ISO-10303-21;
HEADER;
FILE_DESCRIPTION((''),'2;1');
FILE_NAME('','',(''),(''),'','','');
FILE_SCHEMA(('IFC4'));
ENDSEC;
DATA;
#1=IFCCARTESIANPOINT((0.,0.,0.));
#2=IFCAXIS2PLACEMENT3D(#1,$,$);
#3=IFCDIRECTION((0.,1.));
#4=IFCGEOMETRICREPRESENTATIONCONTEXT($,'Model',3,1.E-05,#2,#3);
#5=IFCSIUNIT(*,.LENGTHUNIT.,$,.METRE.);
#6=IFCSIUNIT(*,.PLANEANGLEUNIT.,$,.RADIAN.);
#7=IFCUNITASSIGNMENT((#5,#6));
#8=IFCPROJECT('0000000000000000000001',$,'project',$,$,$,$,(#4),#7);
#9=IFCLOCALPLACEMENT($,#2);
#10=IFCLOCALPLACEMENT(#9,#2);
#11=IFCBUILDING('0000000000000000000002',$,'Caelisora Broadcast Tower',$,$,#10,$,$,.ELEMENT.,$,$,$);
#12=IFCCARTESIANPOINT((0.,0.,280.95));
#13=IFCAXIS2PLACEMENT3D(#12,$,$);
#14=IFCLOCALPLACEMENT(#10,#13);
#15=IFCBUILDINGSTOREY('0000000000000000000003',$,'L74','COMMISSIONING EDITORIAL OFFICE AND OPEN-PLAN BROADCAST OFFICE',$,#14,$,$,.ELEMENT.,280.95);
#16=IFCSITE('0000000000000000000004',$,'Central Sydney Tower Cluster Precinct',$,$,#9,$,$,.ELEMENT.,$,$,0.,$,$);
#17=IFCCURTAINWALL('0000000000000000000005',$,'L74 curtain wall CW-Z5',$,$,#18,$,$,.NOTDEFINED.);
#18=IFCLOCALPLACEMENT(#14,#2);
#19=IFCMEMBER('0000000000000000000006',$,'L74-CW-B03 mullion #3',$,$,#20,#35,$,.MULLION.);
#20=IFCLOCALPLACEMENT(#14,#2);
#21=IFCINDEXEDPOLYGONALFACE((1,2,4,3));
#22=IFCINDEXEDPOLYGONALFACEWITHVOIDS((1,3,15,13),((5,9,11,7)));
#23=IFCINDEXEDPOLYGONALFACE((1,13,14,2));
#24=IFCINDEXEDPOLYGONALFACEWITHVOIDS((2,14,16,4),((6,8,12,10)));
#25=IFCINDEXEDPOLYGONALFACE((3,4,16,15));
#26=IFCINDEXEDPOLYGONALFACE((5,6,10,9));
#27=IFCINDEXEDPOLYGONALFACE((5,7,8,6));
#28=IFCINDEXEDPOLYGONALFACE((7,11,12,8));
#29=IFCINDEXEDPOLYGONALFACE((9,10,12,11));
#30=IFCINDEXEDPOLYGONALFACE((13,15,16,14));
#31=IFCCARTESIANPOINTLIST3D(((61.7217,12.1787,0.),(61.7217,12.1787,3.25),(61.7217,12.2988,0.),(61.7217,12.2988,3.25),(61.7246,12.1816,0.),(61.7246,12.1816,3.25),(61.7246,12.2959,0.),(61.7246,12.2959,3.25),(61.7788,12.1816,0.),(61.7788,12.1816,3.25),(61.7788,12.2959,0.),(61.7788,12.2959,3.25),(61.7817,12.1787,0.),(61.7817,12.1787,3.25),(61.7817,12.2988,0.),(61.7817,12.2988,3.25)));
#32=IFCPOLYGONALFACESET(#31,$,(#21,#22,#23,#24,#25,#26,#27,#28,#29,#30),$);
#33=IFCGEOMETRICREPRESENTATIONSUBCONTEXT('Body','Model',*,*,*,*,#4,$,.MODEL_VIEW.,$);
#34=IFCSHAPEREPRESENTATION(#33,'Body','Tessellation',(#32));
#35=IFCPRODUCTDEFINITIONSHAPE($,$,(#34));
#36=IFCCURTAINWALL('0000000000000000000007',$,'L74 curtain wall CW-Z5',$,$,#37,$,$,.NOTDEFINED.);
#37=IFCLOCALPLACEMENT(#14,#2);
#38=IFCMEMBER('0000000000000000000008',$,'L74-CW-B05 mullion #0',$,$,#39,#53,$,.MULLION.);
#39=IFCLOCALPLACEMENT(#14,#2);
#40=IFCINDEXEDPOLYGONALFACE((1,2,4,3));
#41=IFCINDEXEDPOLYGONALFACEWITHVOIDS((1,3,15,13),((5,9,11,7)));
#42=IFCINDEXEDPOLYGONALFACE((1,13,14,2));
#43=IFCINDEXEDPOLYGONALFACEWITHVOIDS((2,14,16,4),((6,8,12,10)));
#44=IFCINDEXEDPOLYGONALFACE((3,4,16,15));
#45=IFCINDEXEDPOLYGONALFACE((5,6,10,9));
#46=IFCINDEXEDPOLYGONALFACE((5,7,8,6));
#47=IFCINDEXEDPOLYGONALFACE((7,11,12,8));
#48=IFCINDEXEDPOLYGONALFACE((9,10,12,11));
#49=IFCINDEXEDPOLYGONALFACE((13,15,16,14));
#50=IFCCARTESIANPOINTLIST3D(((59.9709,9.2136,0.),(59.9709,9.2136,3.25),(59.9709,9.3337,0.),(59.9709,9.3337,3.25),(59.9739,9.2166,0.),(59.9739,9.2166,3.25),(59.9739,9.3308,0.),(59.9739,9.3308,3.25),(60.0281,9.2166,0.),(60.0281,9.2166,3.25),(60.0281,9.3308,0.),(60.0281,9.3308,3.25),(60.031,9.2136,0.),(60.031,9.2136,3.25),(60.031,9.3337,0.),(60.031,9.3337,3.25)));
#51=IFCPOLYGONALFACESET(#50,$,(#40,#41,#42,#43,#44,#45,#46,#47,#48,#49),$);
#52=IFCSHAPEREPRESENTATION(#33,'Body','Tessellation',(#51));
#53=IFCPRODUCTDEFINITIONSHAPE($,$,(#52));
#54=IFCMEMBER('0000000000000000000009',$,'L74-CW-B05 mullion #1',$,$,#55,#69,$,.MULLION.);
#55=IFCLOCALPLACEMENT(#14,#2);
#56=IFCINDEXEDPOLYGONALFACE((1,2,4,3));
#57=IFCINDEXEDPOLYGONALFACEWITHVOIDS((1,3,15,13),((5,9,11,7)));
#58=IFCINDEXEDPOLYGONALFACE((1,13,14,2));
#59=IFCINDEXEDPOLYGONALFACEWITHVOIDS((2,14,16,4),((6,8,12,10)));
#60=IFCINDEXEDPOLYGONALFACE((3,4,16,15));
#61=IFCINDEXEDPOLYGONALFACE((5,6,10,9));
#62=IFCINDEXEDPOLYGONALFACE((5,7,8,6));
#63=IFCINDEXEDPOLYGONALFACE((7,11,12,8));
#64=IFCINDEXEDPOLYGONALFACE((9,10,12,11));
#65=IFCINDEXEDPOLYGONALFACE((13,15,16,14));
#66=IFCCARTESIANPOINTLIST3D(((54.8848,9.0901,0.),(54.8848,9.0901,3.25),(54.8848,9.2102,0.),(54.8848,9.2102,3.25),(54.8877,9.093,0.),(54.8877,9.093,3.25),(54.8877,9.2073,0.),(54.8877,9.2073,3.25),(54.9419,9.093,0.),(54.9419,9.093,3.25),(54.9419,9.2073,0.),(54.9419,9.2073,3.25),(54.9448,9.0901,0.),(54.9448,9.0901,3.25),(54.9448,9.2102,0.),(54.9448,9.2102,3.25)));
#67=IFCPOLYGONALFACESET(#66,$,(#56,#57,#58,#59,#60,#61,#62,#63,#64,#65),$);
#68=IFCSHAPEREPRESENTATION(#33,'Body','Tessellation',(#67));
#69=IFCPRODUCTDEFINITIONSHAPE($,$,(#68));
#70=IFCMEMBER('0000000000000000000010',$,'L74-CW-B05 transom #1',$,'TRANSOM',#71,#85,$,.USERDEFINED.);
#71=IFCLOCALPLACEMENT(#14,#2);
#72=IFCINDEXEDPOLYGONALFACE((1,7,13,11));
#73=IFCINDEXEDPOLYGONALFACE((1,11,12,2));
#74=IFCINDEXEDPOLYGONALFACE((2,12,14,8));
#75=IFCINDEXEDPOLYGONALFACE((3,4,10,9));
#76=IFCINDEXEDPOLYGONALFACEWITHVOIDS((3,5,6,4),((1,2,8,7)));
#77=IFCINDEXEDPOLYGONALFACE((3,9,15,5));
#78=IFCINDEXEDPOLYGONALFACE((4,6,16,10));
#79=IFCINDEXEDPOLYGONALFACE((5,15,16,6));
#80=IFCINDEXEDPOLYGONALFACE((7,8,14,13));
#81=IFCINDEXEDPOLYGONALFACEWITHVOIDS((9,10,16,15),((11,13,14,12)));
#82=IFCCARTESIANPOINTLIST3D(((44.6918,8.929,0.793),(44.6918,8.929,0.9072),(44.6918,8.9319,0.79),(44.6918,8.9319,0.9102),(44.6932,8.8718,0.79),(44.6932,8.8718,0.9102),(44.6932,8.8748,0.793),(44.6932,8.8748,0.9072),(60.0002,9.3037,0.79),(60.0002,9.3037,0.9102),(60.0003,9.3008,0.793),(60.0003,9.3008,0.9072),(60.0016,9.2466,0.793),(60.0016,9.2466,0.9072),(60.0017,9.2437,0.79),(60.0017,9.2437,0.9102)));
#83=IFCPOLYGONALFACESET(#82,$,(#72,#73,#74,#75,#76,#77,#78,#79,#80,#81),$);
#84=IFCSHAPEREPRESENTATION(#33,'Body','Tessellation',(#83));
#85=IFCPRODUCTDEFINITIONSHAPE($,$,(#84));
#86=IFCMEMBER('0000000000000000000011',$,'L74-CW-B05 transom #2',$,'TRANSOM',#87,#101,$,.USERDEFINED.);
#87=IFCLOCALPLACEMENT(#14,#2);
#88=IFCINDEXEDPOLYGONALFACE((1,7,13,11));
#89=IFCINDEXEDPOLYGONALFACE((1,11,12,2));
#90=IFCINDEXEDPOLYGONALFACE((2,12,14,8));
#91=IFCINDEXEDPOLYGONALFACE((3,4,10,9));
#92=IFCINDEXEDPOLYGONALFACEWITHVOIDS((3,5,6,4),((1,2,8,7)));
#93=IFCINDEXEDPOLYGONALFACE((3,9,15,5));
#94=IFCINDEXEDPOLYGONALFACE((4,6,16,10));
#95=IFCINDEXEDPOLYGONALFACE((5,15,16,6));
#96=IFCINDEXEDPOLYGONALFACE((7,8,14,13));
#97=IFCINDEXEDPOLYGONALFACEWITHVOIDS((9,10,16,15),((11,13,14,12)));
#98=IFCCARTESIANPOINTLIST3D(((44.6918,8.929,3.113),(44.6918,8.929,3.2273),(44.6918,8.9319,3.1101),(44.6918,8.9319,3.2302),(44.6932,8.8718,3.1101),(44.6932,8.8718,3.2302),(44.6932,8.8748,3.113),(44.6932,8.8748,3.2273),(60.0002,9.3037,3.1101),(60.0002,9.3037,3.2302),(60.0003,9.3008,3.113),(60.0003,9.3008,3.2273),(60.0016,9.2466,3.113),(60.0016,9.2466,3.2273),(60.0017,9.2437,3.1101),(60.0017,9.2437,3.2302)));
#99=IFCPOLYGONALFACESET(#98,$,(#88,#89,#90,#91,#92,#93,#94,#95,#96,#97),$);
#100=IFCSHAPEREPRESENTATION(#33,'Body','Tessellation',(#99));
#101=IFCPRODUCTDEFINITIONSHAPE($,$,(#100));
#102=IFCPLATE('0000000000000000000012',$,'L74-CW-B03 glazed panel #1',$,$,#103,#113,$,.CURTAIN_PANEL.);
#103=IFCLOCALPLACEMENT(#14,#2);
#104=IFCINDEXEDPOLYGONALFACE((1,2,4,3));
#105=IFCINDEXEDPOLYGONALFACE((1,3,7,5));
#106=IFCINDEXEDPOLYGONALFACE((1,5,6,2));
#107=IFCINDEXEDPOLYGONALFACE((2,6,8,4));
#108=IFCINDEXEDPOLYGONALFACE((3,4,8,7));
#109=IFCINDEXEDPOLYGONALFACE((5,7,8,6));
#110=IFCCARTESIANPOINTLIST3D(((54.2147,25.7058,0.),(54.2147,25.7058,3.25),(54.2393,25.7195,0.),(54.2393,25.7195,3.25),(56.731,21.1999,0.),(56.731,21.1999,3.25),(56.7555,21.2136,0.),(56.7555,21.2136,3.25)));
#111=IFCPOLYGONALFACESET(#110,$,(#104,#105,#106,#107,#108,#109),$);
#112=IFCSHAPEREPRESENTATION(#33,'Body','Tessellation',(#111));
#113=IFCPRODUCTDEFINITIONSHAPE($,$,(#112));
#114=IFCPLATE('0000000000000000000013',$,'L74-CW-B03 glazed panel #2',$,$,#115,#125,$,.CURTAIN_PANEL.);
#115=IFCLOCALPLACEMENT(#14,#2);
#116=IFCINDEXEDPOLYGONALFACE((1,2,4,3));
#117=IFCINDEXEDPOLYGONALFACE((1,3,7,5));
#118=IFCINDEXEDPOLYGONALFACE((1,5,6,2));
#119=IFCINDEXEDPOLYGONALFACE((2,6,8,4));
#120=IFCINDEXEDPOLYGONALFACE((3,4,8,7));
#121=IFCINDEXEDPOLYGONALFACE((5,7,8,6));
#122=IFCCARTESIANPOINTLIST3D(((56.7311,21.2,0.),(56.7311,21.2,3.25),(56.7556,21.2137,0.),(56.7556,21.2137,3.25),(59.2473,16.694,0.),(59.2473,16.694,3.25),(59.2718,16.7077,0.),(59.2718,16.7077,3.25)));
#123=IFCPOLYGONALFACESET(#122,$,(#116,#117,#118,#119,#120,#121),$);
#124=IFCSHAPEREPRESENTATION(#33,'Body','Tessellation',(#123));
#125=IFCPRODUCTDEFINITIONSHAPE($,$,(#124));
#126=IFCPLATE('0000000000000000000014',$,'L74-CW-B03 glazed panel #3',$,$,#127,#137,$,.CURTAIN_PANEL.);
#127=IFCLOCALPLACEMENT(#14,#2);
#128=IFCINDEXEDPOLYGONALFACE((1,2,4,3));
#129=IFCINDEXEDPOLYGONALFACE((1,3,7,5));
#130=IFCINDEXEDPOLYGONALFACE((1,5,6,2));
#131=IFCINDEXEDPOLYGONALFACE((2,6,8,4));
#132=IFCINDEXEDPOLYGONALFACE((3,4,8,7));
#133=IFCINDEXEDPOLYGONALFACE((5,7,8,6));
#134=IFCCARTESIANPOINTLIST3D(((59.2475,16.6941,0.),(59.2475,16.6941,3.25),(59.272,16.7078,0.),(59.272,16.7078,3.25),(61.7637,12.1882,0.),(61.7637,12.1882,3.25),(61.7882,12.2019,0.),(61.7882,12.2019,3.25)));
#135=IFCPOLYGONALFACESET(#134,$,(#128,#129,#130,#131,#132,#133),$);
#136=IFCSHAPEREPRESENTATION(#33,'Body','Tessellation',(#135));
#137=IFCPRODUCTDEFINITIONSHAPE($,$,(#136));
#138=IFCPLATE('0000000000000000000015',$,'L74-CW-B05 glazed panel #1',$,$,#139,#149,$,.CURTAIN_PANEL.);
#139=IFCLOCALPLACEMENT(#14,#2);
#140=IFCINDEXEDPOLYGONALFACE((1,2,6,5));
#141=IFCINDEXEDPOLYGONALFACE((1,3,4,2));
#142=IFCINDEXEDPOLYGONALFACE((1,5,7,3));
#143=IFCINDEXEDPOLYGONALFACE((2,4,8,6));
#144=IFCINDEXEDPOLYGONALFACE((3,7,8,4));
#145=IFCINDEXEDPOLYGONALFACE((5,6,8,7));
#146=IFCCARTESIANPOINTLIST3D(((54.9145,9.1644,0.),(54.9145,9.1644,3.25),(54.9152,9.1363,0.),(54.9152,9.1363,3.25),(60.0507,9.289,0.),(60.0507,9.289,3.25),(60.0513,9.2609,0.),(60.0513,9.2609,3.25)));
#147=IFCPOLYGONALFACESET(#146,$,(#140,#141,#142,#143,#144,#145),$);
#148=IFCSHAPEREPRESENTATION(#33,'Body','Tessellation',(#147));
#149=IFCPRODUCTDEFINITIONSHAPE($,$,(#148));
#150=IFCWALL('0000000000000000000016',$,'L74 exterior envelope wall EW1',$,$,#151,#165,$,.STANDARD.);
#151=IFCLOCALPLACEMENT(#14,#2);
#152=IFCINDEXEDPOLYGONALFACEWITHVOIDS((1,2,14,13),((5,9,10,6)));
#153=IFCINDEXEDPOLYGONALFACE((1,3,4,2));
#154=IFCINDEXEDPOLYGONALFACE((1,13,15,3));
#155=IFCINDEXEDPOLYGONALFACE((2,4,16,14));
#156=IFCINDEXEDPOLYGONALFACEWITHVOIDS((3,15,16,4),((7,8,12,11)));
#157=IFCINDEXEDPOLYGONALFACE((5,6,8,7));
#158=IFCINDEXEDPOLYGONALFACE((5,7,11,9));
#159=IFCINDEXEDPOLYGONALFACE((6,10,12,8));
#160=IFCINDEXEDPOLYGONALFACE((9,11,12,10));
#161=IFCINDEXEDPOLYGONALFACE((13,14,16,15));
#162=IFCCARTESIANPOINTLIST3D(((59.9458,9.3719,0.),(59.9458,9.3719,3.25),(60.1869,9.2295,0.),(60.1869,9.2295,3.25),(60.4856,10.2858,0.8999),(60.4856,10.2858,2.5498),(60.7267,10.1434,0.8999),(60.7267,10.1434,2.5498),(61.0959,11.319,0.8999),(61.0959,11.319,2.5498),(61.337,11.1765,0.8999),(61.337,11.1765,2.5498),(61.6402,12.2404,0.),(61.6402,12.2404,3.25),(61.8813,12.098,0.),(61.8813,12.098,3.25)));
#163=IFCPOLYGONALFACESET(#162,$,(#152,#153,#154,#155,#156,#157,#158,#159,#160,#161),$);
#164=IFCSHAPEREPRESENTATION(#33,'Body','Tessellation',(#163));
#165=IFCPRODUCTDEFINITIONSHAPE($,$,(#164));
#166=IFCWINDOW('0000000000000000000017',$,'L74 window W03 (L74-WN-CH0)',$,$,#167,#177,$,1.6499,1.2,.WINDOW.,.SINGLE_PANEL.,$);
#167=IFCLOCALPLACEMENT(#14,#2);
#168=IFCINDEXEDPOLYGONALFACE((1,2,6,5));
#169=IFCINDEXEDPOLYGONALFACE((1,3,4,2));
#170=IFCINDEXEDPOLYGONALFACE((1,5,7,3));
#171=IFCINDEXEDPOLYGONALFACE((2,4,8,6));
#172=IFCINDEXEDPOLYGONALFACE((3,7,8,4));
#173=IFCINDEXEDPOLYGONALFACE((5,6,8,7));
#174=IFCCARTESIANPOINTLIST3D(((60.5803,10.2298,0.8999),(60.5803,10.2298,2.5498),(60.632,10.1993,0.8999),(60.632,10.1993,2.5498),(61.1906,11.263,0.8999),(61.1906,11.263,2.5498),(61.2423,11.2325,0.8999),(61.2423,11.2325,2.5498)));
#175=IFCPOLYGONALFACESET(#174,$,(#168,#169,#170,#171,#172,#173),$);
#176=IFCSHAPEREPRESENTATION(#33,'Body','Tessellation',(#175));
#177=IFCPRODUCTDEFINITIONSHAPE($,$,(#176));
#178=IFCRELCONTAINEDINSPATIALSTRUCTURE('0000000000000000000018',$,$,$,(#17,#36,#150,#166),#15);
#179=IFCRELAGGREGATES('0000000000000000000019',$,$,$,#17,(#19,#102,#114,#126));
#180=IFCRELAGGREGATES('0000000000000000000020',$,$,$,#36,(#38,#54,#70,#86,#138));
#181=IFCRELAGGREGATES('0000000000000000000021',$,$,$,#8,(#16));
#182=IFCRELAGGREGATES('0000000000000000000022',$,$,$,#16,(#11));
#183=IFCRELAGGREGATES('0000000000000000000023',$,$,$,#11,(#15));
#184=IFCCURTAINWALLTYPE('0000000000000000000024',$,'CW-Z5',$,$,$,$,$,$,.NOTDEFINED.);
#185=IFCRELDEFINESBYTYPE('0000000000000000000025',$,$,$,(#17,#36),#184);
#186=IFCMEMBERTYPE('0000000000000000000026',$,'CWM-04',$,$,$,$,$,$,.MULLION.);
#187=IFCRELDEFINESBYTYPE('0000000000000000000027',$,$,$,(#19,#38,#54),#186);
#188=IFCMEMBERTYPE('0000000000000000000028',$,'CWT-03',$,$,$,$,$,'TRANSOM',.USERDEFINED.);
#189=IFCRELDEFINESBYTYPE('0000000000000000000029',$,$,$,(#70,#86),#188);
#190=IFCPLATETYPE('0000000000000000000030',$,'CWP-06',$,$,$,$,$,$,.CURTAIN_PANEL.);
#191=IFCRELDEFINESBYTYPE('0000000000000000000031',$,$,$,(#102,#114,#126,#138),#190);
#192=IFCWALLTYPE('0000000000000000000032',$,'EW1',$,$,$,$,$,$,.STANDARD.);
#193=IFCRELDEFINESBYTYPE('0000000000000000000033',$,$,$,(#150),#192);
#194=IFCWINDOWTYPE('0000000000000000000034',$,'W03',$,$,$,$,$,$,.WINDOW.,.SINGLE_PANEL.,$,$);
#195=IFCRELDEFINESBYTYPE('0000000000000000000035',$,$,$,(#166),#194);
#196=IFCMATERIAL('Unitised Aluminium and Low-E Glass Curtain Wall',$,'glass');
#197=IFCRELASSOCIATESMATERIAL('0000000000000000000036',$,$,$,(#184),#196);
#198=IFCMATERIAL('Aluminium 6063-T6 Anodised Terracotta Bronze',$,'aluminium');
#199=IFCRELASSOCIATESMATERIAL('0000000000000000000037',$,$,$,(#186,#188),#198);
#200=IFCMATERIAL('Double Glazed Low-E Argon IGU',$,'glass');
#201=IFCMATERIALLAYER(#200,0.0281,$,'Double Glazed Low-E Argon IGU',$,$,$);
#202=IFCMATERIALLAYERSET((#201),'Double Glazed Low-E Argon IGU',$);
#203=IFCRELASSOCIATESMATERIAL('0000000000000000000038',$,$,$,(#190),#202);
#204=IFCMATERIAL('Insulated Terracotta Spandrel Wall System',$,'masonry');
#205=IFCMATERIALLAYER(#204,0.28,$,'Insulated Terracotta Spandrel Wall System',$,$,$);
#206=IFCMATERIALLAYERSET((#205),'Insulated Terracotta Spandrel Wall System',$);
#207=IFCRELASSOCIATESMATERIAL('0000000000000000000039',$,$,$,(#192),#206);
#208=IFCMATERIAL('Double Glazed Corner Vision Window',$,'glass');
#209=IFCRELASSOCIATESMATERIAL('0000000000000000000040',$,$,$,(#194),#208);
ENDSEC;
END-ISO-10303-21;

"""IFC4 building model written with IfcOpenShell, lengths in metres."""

from ifc_helpers import new_model, si_unit, direction, frame, frame_2d, origin, origin_2d, place, context, subcontext, project, spatial, rectangle, hollow_rectangle, extrude, source, transform, mapped, material, layer, layer_set, material_profile, profile_set, type_object, type_shapes, element, fill, aggregate, save


model = new_model("IFC4")

# Units and contexts
model_context = context("Model", 3, precision=1e-05, world=origin(), true_north=direction((0.0, 1.0)))
body_context = subcontext(model_context, "Body", "Model", "MODEL_VIEW")
ifc_project = project(units=[si_unit("LENGTHUNIT", "METRE"), si_unit("PLANEANGLEUNIT", "RADIAN")], contexts=[model_context])

# Site, building, storey
site_placement = place(None, origin())
site = spatial("IfcSite", under=ifc_project, at=site_placement, Name="Central Sydney Tower Cluster Precinct", CompositionType="ELEMENT", RefElevation=0.0)
building_placement = place(site_placement, origin())
building = spatial("IfcBuilding", under=site, at=building_placement, Name="Caelisora Broadcast Tower", CompositionType="ELEMENT")
storey_placement = place(building_placement, frame((0.0, 0.0, 280.95)))
storey = spatial("IfcBuildingStorey", under=building, at=storey_placement, Name="L74", Description="COMMISSIONING EDITORIAL OFFICE AND OPEN-PLAN BROADCAST OFFICE", CompositionType="ELEMENT", Elevation=280.95)

# Curtain walls, members
ifc_material_1 = material(Name="Unitised Aluminium and Low-E Glass Curtain Wall", Category="glass")
curtain_wall_type = type_object("IfcCurtainWallType", Name="CW-Z5", PredefinedType="NOTDEFINED", material=ifc_material_1)
curtain_wall_1_placement = place(storey_placement, origin())
curtain_wall_1 = element("IfcCurtainWall", 1, at=curtain_wall_1_placement, inside=storey, type_object=curtain_wall_type, Name="L74 curtain wall CW-Z5", PredefinedType="NOTDEFINED")
ifc_material_2 = material(Name="Aluminium 6063-T6 Anodised Terracotta Bronze", Category="aluminium")
ifc_material_profile_1 = material_profile(ifc_material_2, hollow_rectangle(XDim=0.0601, YDim=0.1201, WallThickness=0.0029, at=origin_2d()), Name="Aluminium 6063-T6 Anodised Terracotta Bronze")
ifc_profile_set_1 = profile_set([ifc_material_profile_1], Name="Aluminium 6063-T6 Anodised Terracotta Bronze")
member_type_1 = type_object("IfcMemberType", Name="CWM-04", PredefinedType="MULLION", material=ifc_profile_set_1)
shared_shape_1 = source(origin(), body_context, "Body", "SweptSolid", [
    extrude(hollow_rectangle(XDim=0.0601, YDim=0.1201, WallThickness=0.0029, at=origin_2d()), origin(), (0.0, 0.0, 1.0), 3.25),
])
type_shapes(member_type_1, [shared_shape_1])
member_1_placement = place(storey_placement, frame((61.7517, 12.2388, 0.0), z_axis=(0.0, 0.0, 1.0), x_axis=(1.0, 0.0, 0.0)))
member_1 = element("IfcMember", 2, at=member_1_placement, type_object=member_type_1, Name="L74-CW-B03 mullion #3", PredefinedType="MULLION", context=body_context, shape_type="MappedRepresentation", body=[
    mapped(shared_shape_1, transform((0.0, 0.0, 0.0), scale=1.0)),
])
curtain_wall_2_placement = place(storey_placement, origin())
curtain_wall_2 = element("IfcCurtainWall", 3, at=curtain_wall_2_placement, inside=storey, type_object=curtain_wall_type, Name="L74 curtain wall CW-Z5", PredefinedType="NOTDEFINED")
member_2_placement = place(storey_placement, frame((60.001, 9.2737, 0.0), z_axis=(0.0, 0.0, 1.0), x_axis=(1.0, 0.0, 0.0)))
member_2 = element("IfcMember", 4, at=member_2_placement, type_object=member_type_1, Name="L74-CW-B05 mullion #0", PredefinedType="MULLION", context=body_context, shape_type="MappedRepresentation", body=[
    mapped(shared_shape_1, transform((0.0, 0.0, 0.0), scale=1.0)),
])
member_3_placement = place(storey_placement, frame((54.9148, 9.1501, 0.0), z_axis=(0.0, 0.0, 1.0), x_axis=(1.0, 0.0, 0.0)))
member_3 = element("IfcMember", 5, at=member_3_placement, type_object=member_type_1, Name="L74-CW-B05 mullion #1", PredefinedType="MULLION", context=body_context, shape_type="MappedRepresentation", body=[
    mapped(shared_shape_1, transform((0.0, 0.0, 0.0), scale=1.0)),
])
ifc_material_profile_2 = material_profile(ifc_material_2, hollow_rectangle(XDim=0.0601, YDim=0.1201, WallThickness=0.0029, at=origin_2d()), Name="Aluminium 6063-T6 Anodised Terracotta Bronze")
ifc_profile_set_2 = profile_set([ifc_material_profile_2], Name="Aluminium 6063-T6 Anodised Terracotta Bronze")
member_type_2 = type_object("IfcMemberType", Name="CWT-03", ElementType="TRANSOM", PredefinedType="USERDEFINED", material=ifc_profile_set_2)
shared_shape_2 = source(origin(), body_context, "Body", "SweptSolid", [
    extrude(hollow_rectangle(XDim=0.0601, YDim=0.1201, WallThickness=0.0029, at=origin_2d()), origin(), (0.0, 0.0, 1.0), 15.313),
])
type_shapes(member_type_2, [shared_shape_2])
member_4_placement = place(storey_placement, frame((60.001, 9.2737, 0.8501), z_axis=(-0.999705, -0.024282, 0.0), x_axis=(0.024282, -0.999705, 0.0)))
member_4 = element("IfcMember", 6, at=member_4_placement, type_object=member_type_2, Name="L74-CW-B05 transom #1", ObjectType="TRANSOM", PredefinedType="USERDEFINED", context=body_context, shape_type="MappedRepresentation", body=[
    mapped(shared_shape_2, transform((0.0, 0.0, 0.0), scale=1.0)),
])
member_5_placement = place(storey_placement, frame((60.001, 9.2737, 3.1702), z_axis=(-0.999705, -0.024282, 0.0), x_axis=(0.024282, -0.999705, 0.0)))
member_5 = element("IfcMember", 7, at=member_5_placement, type_object=member_type_2, Name="L74-CW-B05 transom #2", ObjectType="TRANSOM", PredefinedType="USERDEFINED", context=body_context, shape_type="MappedRepresentation", body=[
    mapped(shared_shape_2, transform((0.0, 0.0, 0.0), scale=1.0)),
])

# Plates
ifc_material_3 = material(Name="Double Glazed Low-E Argon IGU", Category="glass")
ifc_layer_1 = layer(ifc_material_3, 0.0281, Name="Double Glazed Low-E Argon IGU")
ifc_layer_set_1 = layer_set([ifc_layer_1], Name="Double Glazed Low-E Argon IGU")
plate_type = type_object("IfcPlateType", Name="CWP-06", PredefinedType="CURTAIN_PANEL", material=ifc_layer_set_1)
shared_shape_3 = source(origin(), body_context, "Body", "SweptSolid", [
    extrude(rectangle(XDim=5.1609, YDim=0.0281, at=origin_2d()), origin(), (0.0, 0.0, 1.0), 3.25),
])
plate_1_placement = place(storey_placement, frame((55.4851, 23.4597, 0.0), z_axis=(0.0, 0.0, 1.0), x_axis=(0.487555, -0.873092, 0.0)))
plate_1 = element("IfcPlate", 8, at=plate_1_placement, type_object=plate_type, Name="L74-CW-B03 glazed panel #1", PredefinedType="CURTAIN_PANEL", context=body_context, shape_type="MappedRepresentation", body=[
    mapped(shared_shape_3, transform((0.0, 0.0, 0.0), scale=1.0)),
])
plate_2_placement = place(storey_placement, frame((58.0015, 18.9539, 0.0), z_axis=(0.0, 0.0, 1.0), x_axis=(0.487555, -0.873092, 0.0)))
plate_2 = element("IfcPlate", 9, at=plate_2_placement, type_object=plate_type, Name="L74-CW-B03 glazed panel #2", PredefinedType="CURTAIN_PANEL", context=body_context, shape_type="MappedRepresentation", body=[
    mapped(shared_shape_3, transform((0.0, 0.0, 0.0), scale=1.0)),
])
plate_3_placement = place(storey_placement, frame((60.5178, 14.448, 0.0), z_axis=(0.0, 0.0, 1.0), x_axis=(0.487555, -0.873092, 0.0)))
plate_3 = element("IfcPlate", 10, at=plate_3_placement, type_object=plate_type, Name="L74-CW-B03 glazed panel #3", PredefinedType="CURTAIN_PANEL", context=body_context, shape_type="MappedRepresentation", body=[
    mapped(shared_shape_3, transform((0.0, 0.0, 0.0), scale=1.0)),
])
aggregate(curtain_wall_1, [member_1, plate_1, plate_2, plate_3])
shared_shape_4 = source(origin(), body_context, "Body", "SweptSolid", [
    extrude(rectangle(XDim=5.1377, YDim=0.0281, at=origin_2d()), origin(), (0.0, 0.0, 1.0), 3.25),
])
type_shapes(plate_type, [shared_shape_3, shared_shape_4])
plate_4_placement = place(storey_placement, frame((57.4829, 9.2126, 0.0), z_axis=(0.0, 0.0, 1.0), x_axis=(-0.999706, -0.024258, 0.0)))
plate_4 = element("IfcPlate", 11, at=plate_4_placement, type_object=plate_type, Name="L74-CW-B05 glazed panel #1", PredefinedType="CURTAIN_PANEL", context=body_context, shape_type="MappedRepresentation", body=[
    mapped(shared_shape_4, transform((0.0, 0.0, 0.0), scale=1.0)),
])
aggregate(curtain_wall_2, [member_2, member_3, member_4, member_5, plate_4])

# Wall, opening, window
ifc_material_4 = material(Name="Insulated Terracotta Spandrel Wall System", Category="masonry")
ifc_layer_2 = layer(ifc_material_4, 0.28, Name="Insulated Terracotta Spandrel Wall System")
ifc_layer_set_2 = layer_set([ifc_layer_2], Name="Insulated Terracotta Spandrel Wall System")
wall_type = type_object("IfcWallType", Name="EW1", PredefinedType="STANDARD", material=ifc_layer_set_2)
wall_placement = place(storey_placement, frame((61.7607, 12.1692, 0.0), z_axis=(0.0, 0.0, 1.0), x_axis=(-0.508589, -0.86101, 0.0)))
wall = element("IfcWall", 12, at=wall_placement, inside=storey, type_object=wall_type, Name="L74 exterior envelope wall EW1", PredefinedType="STANDARD", context=body_context, shape_type="SweptSolid", body=[
    extrude(rectangle(XDim=3.3315, YDim=0.28, at=frame_2d((1.6658, 0.0))), origin(), (0.0, 0.0, 1.0), 3.25),
])
opening_placement = place(wall_placement, frame((1.0701, 0.0, 0.8999)))
opening = element("IfcOpeningElement", 13, at=opening_placement, cuts=wall, PredefinedType="OPENING", context=body_context, shape_type="SweptSolid", body=[
    extrude(rectangle(XDim=1.2, YDim=1.6499, at=frame_2d((0.6001, 0.825))), frame((0.0, 0.1521, 0.0), z_axis=(0.0, -1.0, 0.0), x_axis=(1.0, 0.0, 0.0)), (0.0, 0.0, 1.0), 0.304),
])
ifc_material_5 = material(Name="Double Glazed Corner Vision Window", Category="glass")
window_type = type_object("IfcWindowType", Name="W03", PartitioningType="SINGLE_PANEL", PredefinedType="WINDOW", material=ifc_material_5)
window_placement = place(opening_placement, origin())
window = element("IfcWindow", 14, at=window_placement, inside=storey, type_object=window_type, Name="L74 window W03 (L74-WN-CH0)", OverallHeight=1.6499, OverallWidth=1.2, PartitioningType="SINGLE_PANEL", PredefinedType="WINDOW", context=body_context, shape_type="SweptSolid", body=[
    extrude(rectangle(XDim=1.2, YDim=1.6499, at=frame_2d((0.6001, 0.825))), frame((0.0, 0.03, 0.0), z_axis=(0.0, -1.0, 0.0), x_axis=(1.0, 0.0, 0.0)), (0.0, 0.0, 1.0), 0.0601),
])
fill(opening, window)

save(model, "model.ifc")
